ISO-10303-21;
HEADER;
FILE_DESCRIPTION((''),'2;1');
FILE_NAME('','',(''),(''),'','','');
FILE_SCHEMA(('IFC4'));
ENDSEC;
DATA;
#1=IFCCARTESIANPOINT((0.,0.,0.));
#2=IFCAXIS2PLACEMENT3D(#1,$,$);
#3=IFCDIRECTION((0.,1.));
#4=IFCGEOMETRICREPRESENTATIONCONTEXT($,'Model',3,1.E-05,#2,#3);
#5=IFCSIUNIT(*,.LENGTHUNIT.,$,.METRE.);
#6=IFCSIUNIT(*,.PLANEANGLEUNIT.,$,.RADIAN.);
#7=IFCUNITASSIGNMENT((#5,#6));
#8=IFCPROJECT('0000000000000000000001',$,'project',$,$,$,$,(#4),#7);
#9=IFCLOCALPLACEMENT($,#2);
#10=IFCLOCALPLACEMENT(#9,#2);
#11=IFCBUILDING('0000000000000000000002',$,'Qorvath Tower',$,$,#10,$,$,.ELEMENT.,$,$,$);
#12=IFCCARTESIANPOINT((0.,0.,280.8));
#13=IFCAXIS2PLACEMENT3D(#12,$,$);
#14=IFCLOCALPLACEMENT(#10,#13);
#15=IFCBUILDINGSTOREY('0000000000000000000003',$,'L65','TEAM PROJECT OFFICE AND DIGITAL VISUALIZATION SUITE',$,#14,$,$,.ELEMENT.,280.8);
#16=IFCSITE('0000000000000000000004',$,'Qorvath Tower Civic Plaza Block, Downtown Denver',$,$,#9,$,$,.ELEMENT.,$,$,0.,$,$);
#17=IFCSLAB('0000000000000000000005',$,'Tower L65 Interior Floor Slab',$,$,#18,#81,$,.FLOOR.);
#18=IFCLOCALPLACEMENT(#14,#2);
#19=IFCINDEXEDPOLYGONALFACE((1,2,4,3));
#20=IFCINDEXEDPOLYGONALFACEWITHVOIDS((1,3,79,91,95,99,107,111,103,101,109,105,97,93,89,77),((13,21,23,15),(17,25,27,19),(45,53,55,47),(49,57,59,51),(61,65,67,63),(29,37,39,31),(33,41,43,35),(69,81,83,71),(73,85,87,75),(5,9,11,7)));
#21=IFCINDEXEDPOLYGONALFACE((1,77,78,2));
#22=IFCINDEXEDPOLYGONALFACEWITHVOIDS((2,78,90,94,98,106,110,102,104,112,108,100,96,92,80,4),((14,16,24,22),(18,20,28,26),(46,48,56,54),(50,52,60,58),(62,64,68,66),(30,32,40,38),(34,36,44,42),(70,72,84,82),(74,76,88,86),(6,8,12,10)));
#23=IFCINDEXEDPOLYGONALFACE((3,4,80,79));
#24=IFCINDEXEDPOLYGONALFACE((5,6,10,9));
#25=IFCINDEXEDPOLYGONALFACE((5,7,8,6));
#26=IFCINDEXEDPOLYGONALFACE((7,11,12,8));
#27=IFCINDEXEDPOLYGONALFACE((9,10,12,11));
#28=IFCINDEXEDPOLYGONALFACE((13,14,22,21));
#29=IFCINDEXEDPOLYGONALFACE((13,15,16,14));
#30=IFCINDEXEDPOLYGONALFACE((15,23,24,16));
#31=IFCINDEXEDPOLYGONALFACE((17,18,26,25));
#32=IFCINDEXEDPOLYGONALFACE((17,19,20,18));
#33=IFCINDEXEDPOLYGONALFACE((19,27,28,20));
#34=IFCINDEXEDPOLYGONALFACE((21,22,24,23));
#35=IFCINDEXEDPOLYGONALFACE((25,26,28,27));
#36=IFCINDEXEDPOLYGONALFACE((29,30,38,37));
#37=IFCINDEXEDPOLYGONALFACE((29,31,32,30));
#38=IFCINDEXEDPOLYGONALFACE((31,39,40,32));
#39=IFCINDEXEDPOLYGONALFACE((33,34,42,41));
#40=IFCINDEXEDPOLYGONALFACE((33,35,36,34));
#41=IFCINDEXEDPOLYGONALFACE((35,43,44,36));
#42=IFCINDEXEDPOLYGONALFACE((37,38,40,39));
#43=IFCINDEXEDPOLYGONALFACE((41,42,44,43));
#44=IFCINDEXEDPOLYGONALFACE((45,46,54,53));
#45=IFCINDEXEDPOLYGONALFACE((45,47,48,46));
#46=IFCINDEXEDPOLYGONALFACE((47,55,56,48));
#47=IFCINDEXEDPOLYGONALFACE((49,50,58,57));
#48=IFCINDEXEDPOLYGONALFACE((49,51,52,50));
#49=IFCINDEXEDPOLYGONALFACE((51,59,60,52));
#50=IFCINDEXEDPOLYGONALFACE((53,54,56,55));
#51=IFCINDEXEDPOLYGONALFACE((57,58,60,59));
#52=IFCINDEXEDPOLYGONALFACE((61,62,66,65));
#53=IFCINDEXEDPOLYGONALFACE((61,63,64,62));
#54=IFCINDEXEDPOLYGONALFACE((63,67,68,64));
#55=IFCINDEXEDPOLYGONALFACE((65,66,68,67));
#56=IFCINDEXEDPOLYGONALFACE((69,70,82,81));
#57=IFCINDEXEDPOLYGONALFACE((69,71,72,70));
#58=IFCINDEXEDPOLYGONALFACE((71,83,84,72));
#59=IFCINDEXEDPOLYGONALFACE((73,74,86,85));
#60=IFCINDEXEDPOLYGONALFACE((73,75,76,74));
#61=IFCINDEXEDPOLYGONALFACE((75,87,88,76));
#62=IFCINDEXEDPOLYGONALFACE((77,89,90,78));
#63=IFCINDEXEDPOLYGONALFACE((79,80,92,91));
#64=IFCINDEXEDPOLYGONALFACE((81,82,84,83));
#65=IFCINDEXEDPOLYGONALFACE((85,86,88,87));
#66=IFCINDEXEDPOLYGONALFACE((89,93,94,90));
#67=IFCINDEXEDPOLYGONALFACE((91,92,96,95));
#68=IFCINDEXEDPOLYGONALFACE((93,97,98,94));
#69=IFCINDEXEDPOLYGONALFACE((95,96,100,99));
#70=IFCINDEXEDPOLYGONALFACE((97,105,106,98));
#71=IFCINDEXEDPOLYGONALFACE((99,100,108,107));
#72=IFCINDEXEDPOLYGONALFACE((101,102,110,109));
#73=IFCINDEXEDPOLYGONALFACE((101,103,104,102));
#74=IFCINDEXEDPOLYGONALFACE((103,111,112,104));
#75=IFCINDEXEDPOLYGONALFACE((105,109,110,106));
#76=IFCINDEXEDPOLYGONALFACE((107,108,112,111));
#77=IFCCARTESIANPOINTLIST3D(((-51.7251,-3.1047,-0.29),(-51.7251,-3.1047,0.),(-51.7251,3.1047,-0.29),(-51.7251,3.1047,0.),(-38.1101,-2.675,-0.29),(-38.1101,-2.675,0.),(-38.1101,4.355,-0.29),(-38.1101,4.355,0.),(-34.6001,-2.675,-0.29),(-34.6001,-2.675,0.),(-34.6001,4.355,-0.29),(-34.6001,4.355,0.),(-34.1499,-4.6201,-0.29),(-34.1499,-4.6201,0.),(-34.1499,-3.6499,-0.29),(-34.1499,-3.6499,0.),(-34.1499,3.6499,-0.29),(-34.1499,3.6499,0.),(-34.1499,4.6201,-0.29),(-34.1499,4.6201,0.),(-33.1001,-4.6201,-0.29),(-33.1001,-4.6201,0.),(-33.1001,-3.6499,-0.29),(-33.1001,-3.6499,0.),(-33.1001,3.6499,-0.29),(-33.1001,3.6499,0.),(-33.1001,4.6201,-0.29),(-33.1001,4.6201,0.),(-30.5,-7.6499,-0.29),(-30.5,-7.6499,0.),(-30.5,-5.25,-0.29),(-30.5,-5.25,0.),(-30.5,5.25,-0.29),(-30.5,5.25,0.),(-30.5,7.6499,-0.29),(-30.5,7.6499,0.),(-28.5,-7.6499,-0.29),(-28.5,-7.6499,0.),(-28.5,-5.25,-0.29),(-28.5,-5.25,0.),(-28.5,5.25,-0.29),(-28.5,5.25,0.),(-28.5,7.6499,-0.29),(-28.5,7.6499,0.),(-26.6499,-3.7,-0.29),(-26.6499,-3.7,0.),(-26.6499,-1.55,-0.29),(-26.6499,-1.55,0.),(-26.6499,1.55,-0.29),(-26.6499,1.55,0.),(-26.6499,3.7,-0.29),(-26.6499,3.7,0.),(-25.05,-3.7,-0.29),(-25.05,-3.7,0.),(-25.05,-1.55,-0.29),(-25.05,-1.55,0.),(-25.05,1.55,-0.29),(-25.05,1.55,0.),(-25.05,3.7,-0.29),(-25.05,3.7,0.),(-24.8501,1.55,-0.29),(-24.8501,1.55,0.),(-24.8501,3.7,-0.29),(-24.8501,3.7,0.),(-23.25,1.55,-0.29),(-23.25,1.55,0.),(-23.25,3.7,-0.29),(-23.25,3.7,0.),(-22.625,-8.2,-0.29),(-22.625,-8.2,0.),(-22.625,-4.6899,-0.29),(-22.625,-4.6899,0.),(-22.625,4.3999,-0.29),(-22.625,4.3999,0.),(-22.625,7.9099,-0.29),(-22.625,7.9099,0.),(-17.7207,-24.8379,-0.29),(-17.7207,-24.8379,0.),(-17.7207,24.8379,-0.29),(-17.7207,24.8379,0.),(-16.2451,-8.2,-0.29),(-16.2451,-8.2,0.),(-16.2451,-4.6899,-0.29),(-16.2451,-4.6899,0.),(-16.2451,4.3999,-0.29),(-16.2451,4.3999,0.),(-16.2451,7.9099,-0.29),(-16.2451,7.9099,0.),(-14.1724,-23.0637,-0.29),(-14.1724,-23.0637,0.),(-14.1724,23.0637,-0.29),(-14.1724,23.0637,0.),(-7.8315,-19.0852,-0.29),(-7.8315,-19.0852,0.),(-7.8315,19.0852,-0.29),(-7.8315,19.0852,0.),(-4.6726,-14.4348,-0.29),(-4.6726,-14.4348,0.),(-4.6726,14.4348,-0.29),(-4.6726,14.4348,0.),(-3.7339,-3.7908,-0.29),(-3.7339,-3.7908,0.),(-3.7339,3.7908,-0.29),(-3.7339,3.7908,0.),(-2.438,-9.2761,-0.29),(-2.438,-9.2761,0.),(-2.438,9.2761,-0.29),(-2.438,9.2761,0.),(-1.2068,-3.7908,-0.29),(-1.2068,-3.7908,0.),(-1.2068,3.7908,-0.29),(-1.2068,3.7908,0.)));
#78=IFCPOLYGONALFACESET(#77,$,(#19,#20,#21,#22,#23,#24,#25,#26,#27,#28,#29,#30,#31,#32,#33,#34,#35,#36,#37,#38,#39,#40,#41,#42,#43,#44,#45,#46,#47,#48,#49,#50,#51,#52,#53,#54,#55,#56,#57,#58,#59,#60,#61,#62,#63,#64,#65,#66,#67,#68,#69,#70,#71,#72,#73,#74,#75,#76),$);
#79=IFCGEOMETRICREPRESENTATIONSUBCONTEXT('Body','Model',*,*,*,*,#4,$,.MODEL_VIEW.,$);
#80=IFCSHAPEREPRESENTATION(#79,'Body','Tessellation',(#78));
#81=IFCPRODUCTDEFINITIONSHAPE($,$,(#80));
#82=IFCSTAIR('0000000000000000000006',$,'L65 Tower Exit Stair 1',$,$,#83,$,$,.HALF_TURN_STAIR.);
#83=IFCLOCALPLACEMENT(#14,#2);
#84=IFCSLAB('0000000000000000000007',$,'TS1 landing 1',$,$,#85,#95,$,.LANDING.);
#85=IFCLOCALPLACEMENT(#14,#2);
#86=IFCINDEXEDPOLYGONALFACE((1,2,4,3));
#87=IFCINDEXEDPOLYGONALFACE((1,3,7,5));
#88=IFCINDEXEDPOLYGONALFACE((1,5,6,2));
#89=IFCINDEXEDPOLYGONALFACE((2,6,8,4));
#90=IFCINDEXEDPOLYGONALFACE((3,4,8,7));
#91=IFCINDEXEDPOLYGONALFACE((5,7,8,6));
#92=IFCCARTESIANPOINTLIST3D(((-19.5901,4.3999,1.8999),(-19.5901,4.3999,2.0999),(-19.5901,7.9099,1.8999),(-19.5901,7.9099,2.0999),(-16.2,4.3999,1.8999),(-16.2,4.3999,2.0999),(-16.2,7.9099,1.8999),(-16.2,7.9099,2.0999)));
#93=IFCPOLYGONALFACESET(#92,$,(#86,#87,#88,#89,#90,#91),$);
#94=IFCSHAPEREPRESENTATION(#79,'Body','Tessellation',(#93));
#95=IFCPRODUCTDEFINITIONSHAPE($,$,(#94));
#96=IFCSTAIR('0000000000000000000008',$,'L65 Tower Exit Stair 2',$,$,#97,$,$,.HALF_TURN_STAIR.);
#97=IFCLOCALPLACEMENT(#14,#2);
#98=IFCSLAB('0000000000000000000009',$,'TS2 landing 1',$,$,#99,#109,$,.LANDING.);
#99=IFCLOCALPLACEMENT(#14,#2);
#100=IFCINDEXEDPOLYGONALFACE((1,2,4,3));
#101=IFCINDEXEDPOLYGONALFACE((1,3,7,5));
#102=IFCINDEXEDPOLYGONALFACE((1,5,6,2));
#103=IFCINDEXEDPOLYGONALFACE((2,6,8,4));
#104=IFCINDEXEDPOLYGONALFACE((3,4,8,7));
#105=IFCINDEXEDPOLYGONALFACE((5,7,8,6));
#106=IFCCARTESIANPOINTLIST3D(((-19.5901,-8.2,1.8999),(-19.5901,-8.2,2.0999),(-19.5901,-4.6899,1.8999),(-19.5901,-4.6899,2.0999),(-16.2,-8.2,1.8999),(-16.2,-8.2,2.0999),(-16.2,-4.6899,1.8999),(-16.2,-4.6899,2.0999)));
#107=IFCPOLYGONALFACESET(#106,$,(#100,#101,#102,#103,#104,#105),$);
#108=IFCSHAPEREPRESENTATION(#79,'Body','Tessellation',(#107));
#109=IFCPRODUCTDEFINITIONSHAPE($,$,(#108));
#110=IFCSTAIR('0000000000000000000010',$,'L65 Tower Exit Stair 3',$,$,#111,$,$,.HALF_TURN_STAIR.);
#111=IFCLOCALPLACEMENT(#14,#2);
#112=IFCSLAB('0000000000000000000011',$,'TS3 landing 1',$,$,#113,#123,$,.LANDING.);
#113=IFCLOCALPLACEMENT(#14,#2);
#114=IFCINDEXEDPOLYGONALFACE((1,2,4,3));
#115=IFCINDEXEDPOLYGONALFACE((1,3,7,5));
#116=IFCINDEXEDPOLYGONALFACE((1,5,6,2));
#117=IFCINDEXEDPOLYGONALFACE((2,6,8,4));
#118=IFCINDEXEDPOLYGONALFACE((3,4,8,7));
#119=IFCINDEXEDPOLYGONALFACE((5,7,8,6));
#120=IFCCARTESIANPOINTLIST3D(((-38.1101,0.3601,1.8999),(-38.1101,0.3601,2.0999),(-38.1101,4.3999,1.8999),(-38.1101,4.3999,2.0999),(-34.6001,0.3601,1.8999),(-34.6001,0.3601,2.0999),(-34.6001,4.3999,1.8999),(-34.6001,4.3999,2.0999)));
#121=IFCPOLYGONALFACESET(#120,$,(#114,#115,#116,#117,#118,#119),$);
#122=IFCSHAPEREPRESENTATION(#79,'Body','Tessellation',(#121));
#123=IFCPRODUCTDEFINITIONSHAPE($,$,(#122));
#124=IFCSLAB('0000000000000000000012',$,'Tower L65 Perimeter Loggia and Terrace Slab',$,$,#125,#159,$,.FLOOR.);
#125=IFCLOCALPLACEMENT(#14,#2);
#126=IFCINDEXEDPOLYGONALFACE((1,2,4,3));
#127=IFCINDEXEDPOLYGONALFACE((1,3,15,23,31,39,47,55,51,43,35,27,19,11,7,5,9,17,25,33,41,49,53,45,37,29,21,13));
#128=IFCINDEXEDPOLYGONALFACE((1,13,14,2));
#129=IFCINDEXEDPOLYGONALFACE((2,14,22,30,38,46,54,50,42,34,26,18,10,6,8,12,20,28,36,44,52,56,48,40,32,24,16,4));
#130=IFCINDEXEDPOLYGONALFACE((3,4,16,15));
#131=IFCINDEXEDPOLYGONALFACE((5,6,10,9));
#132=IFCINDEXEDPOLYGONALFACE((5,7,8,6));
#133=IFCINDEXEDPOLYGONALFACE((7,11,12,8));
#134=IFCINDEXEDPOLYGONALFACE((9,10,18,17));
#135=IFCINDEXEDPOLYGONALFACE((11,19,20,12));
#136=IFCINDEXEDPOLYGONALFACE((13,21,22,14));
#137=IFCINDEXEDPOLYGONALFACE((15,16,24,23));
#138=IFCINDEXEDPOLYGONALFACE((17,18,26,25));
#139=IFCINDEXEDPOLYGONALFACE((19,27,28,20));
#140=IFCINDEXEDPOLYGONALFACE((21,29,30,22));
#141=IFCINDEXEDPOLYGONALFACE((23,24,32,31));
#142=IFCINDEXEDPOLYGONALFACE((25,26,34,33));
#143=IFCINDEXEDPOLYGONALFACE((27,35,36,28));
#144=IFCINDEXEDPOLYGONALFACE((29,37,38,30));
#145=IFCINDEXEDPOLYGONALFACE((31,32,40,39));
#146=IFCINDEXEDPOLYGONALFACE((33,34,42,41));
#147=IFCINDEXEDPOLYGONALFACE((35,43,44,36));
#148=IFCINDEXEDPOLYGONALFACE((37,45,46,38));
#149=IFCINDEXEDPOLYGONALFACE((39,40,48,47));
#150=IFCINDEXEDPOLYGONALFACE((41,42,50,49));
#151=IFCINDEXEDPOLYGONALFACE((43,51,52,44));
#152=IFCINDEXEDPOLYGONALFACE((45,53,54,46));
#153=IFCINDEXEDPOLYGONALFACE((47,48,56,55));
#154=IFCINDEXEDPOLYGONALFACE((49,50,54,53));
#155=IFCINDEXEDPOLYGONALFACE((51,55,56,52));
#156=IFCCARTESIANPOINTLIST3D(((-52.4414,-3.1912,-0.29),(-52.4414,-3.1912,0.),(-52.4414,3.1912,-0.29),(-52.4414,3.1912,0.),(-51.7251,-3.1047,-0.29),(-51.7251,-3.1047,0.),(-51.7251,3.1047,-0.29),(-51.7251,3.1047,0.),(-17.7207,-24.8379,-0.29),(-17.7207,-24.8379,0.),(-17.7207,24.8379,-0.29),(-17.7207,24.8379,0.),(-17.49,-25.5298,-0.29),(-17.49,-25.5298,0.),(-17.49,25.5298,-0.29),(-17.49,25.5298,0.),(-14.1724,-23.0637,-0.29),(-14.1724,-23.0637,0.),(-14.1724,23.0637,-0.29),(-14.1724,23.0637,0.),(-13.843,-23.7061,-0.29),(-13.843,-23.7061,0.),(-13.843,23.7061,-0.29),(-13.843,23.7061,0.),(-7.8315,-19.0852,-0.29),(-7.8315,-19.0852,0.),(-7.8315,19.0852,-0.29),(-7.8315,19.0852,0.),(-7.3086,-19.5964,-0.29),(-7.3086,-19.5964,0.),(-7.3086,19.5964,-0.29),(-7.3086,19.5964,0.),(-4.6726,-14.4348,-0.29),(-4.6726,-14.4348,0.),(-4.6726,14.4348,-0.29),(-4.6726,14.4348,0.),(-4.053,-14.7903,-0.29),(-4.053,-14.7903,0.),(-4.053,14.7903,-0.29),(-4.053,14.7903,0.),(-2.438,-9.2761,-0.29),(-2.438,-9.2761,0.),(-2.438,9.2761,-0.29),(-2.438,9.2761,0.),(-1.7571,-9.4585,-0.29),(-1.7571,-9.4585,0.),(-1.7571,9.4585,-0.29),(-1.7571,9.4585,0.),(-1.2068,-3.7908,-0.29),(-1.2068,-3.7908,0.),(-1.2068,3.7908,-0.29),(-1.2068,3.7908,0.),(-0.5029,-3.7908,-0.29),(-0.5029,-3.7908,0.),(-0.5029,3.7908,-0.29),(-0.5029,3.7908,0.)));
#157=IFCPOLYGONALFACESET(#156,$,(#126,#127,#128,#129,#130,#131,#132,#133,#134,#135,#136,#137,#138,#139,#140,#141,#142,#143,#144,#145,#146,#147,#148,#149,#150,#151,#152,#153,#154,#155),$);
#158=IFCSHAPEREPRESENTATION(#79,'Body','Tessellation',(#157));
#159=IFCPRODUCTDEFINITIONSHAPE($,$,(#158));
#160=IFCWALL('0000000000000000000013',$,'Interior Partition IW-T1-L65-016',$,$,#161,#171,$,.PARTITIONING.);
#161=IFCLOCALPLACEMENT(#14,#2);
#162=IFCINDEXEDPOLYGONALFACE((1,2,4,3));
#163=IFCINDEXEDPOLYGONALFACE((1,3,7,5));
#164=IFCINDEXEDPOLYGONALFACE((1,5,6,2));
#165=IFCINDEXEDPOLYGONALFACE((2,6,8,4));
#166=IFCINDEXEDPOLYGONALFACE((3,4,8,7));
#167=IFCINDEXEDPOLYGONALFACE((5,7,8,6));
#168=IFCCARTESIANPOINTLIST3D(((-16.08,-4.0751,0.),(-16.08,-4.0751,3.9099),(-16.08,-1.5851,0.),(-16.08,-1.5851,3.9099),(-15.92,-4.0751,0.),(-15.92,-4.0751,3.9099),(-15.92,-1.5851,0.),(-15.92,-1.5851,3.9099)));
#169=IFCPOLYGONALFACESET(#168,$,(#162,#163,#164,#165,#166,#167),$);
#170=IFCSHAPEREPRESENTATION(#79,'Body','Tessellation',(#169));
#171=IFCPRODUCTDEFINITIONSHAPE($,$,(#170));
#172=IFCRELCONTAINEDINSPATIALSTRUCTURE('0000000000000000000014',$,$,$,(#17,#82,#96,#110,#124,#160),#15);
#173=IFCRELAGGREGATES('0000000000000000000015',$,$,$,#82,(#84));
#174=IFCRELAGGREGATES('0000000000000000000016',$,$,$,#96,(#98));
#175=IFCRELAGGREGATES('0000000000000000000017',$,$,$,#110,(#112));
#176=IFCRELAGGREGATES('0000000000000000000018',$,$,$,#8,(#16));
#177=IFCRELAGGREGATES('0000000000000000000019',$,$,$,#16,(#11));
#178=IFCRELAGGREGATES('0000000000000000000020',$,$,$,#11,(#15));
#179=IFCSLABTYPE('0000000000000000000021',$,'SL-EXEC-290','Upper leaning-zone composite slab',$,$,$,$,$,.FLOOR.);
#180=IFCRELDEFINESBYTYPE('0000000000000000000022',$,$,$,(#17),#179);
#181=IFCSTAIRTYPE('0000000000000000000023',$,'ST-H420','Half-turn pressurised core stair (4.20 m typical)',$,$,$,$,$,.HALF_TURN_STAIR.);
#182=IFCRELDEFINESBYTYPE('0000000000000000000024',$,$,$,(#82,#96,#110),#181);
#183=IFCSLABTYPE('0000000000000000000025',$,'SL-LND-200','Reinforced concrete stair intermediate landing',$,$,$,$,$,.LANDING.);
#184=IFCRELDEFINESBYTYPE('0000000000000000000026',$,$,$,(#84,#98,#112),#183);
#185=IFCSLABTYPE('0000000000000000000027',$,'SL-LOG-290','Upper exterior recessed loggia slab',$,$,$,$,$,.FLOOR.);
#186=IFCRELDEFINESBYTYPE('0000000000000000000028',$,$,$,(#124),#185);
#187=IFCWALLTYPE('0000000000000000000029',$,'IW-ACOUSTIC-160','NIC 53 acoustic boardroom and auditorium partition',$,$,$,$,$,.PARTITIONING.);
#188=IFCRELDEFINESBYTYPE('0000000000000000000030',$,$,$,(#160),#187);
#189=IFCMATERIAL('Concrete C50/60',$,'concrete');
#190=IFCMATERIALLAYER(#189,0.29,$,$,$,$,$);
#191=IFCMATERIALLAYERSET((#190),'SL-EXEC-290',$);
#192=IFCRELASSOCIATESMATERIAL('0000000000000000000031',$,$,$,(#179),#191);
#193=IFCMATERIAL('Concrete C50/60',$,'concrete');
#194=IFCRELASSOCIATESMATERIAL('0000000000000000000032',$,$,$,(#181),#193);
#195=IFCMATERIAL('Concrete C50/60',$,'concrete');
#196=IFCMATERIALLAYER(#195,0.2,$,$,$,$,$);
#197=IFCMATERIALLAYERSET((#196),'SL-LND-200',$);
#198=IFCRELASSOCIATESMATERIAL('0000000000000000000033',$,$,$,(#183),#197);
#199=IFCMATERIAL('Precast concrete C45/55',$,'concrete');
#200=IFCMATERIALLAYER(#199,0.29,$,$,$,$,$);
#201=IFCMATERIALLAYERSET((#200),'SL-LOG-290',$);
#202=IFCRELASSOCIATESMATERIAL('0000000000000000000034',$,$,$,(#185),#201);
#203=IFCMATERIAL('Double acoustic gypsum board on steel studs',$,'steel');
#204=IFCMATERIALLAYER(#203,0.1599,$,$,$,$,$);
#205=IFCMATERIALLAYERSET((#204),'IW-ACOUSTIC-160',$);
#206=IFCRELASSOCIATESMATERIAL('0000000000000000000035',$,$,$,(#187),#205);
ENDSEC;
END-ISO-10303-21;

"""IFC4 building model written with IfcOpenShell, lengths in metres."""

from ifc_helpers import new_model, si_unit, direction, frame, frame_2d, origin, place, context, subcontext, project, spatial, polyline, rectangle, outline, extrude, material, layer, layer_set, type_object, element, aggregate, save


model = new_model("IFC4")

# Units and contexts
model_context = context("Model", 3, precision=1e-05, world=origin(), true_north=direction((0.0, 1.0)))
body_context = subcontext(model_context, "Body", "Model", "MODEL_VIEW")
ifc_project = project(units=[si_unit("LENGTHUNIT", "METRE"), si_unit("PLANEANGLEUNIT", "RADIAN")], contexts=[model_context])

# Site, building, storey
site_placement = place(None, origin())
site = spatial("IfcSite", under=ifc_project, at=site_placement, Name="Qorvath Tower Civic Plaza Block, Downtown Denver", CompositionType="ELEMENT", RefElevation=0.0)
building_placement = place(site_placement, origin())
building = spatial("IfcBuilding", under=site, at=building_placement, Name="Qorvath Tower", CompositionType="ELEMENT")
storey_placement = place(building_placement, frame((0.0, 0.0, 280.8)))
storey = spatial("IfcBuildingStorey", under=building, at=storey_placement, Name="L65", Description="TEAM PROJECT OFFICE AND DIGITAL VISUALIZATION SUITE", CompositionType="ELEMENT", Elevation=280.8)

# Slab
ifc_material_1 = material(Name="Concrete C50/60", Category="concrete")
ifc_layer_1 = layer(ifc_material_1, 0.29)
ifc_layer_set_1 = layer_set([ifc_layer_1], Name="SL-EXEC-290")
slab_type_1 = type_object("IfcSlabType", Name="SL-EXEC-290", Description="Upper leaning-zone composite slab", PredefinedType="FLOOR", material=ifc_layer_set_1)
slab_1_placement = place(storey_placement, frame((0.0, 0.0, -0.29)))
element("IfcSlab", 1, at=slab_1_placement, inside=storey, type_object=slab_type_1, Name="Tower L65 Interior Floor Slab", PredefinedType="FLOOR", context=body_context, shape_type="SweptSolid", body=[
    extrude(outline(polyline([(-51.7251, 3.1047), (-51.7251, -3.1047), (-17.7207, -24.8379), (-14.1724, -23.0637), (-7.8315, -19.0852), (-4.6726, -14.4348), (-2.438, -9.2761), (-1.2068, -3.7908), (-3.7339, -3.7908), (-3.7339, 3.7908), (-1.2068, 3.7908), (-2.438, 9.2761), (-4.6726, 14.4348), (-7.8315, 19.0852), (-14.1724, 23.0637), (-17.7207, 24.8379), (-51.7251, 3.1047)]), holes=[polyline([(-16.2451, -8.2), (-22.625, -8.2), (-22.625, -4.6899), (-16.2451, -4.6899), (-16.2451, -8.2)]), polyline([(-22.625, 4.3999), (-22.625, 7.9099), (-16.2451, 7.9099), (-16.2451, 4.3999), (-22.625, 4.3999)]), polyline([(-23.25, 1.55), (-24.8501, 1.55), (-24.8501, 3.7), (-23.25, 3.7), (-23.25, 1.55)]), polyline([(-26.6499, -3.7), (-26.6499, -1.55), (-25.05, -1.55), (-25.05, -3.7), (-26.6499, -3.7)]), polyline([(-25.05, 1.55), (-26.6499, 1.55), (-26.6499, 3.7), (-25.05, 3.7), (-25.05, 1.55)]), polyline([(-28.5, -7.6499), (-30.5, -7.6499), (-30.5, -5.25), (-28.5, -5.25), (-28.5, -7.6499)]), polyline([(-30.5, 5.25), (-30.5, 7.6499), (-28.5, 7.6499), (-28.5, 5.25), (-30.5, 5.25)]), polyline([(-33.1001, -4.6201), (-34.1499, -4.6201), (-34.1499, -3.6499), (-33.1001, -3.6499), (-33.1001, -4.6201)]), polyline([(-33.1001, 3.6499), (-34.1499, 3.6499), (-34.1499, 4.6201), (-33.1001, 4.6201), (-33.1001, 3.6499)]), polyline([(-34.6001, -2.675), (-38.1101, -2.675), (-38.1101, 4.355), (-34.6001, 4.355), (-34.6001, -2.675)])]), origin(), (0.0, 0.0, 1.0), 0.29),
])

# Stairs, slabs
ifc_material_2 = material(Name="Concrete C50/60", Category="concrete")
stair_type = type_object("IfcStairType", Name="ST-H420", Description="Half-turn pressurised core stair (4.20 m typical)", PredefinedType="HALF_TURN_STAIR", material=ifc_material_2)
stair_1_placement = place(storey_placement, origin())
stair_1 = element("IfcStair", 2, at=stair_1_placement, inside=storey, type_object=stair_type, Name="L65 Tower Exit Stair 1", PredefinedType="HALF_TURN_STAIR")
ifc_material_3 = material(Name="Concrete C50/60", Category="concrete")
ifc_layer_2 = layer(ifc_material_3, 0.2)
ifc_layer_set_2 = layer_set([ifc_layer_2], Name="SL-LND-200")
slab_type_2 = type_object("IfcSlabType", Name="SL-LND-200", Description="Reinforced concrete stair intermediate landing", PredefinedType="LANDING", material=ifc_layer_set_2)
slab_2_placement = place(storey_placement, frame((0.0, 0.0, 1.8999)))
slab_2 = element("IfcSlab", 3, at=slab_2_placement, type_object=slab_type_2, Name="TS1 landing 1", PredefinedType="LANDING", context=body_context, shape_type="SweptSolid", body=[
    extrude(outline(polyline([(-19.5901, 4.3999), (-16.2, 4.3999), (-16.2, 7.9099), (-19.5901, 7.9099), (-19.5901, 4.3999)])), origin(), (0.0, 0.0, 1.0), 0.2),
])
aggregate(stair_1, [slab_2])
stair_2_placement = place(storey_placement, origin())
stair_2 = element("IfcStair", 4, at=stair_2_placement, inside=storey, type_object=stair_type, Name="L65 Tower Exit Stair 2", PredefinedType="HALF_TURN_STAIR")
slab_3_placement = place(storey_placement, frame((0.0, 0.0, 1.8999)))
slab_3 = element("IfcSlab", 5, at=slab_3_placement, type_object=slab_type_2, Name="TS2 landing 1", PredefinedType="LANDING", context=body_context, shape_type="SweptSolid", body=[
    extrude(outline(polyline([(-19.5901, -8.2), (-16.2, -8.2), (-16.2, -4.6899), (-19.5901, -4.6899), (-19.5901, -8.2)])), origin(), (0.0, 0.0, 1.0), 0.2),
])
aggregate(stair_2, [slab_3])
stair_3_placement = place(storey_placement, origin())
stair_3 = element("IfcStair", 6, at=stair_3_placement, inside=storey, type_object=stair_type, Name="L65 Tower Exit Stair 3", PredefinedType="HALF_TURN_STAIR")
slab_4_placement = place(storey_placement, frame((0.0, 0.0, 1.8999)))
slab_4 = element("IfcSlab", 7, at=slab_4_placement, type_object=slab_type_2, Name="TS3 landing 1", PredefinedType="LANDING", context=body_context, shape_type="SweptSolid", body=[
    extrude(outline(polyline([(-34.6001, 0.3601), (-34.6001, 4.3999), (-38.1101, 4.3999), (-38.1101, 0.3601), (-34.6001, 0.3601)])), origin(), (0.0, 0.0, 1.0), 0.2),
])
aggregate(stair_3, [slab_4])

# Slab
ifc_material_4 = material(Name="Precast concrete C45/55", Category="concrete")
ifc_layer_3 = layer(ifc_material_4, 0.29)
ifc_layer_set_3 = layer_set([ifc_layer_3], Name="SL-LOG-290")
slab_type_3 = type_object("IfcSlabType", Name="SL-LOG-290", Description="Upper exterior recessed loggia slab", PredefinedType="FLOOR", material=ifc_layer_set_3)
slab_5_placement = place(storey_placement, frame((0.0, 0.0, -0.29)))
element("IfcSlab", 8, at=slab_5_placement, inside=storey, type_object=slab_type_3, Name="Tower L65 Perimeter Loggia and Terrace Slab", PredefinedType="FLOOR", context=body_context, shape_type="SweptSolid", body=[
    extrude(outline(polyline([(-1.2068, -3.7908), (-2.438, -9.2761), (-4.6726, -14.4348), (-7.8315, -19.0852), (-14.1724, -23.0637), (-17.7207, -24.8379), (-51.7251, -3.1047), (-51.7251, 3.1047), (-17.7207, 24.8379), (-14.1724, 23.0637), (-7.8315, 19.0852), (-4.6726, 14.4348), (-2.438, 9.2761), (-1.2068, 3.7908), (-0.5029, 3.7908), (-1.7571, 9.4585), (-4.053, 14.7903), (-7.3086, 19.5964), (-13.843, 23.7061), (-17.49, 25.5298), (-52.4414, 3.1912), (-52.4414, -3.1912), (-17.49, -25.5298), (-13.843, -23.7061), (-7.3086, -19.5964), (-4.053, -14.7903), (-1.7571, -9.4585), (-0.5029, -3.7908), (-1.2068, -3.7908)])), origin(), (0.0, 0.0, 1.0), 0.29),
])

# Wall
ifc_material_5 = material(Name="Double acoustic gypsum board on steel studs", Category="steel")
ifc_layer_4 = layer(ifc_material_5, 0.1599)
ifc_layer_set_4 = layer_set([ifc_layer_4], Name="IW-ACOUSTIC-160")
wall_type_1 = type_object("IfcWallType", Name="IW-ACOUSTIC-160", Description="NIC 53 acoustic boardroom and auditorium partition", PredefinedType="PARTITIONING", material=ifc_layer_set_4)
wall_1_placement = place(storey_placement, frame((-16.0, -4.0752, 0.0), z_axis=(0.0, 0.0, 1.0), x_axis=(0.0, 1.0, 0.0)))
element("IfcWall", 9, at=wall_1_placement, inside=storey, type_object=wall_type_1, Name="Interior Partition IW-T1-L65-016", PredefinedType="PARTITIONING", context=body_context, shape_type="SweptSolid", body=[
    extrude(rectangle(XDim=2.49, YDim=0.1599, at=frame_2d((1.2451, 0.0))), origin(), (0.0, 0.0, 1.0), 3.9099),
])

save(model, "model.ifc")
